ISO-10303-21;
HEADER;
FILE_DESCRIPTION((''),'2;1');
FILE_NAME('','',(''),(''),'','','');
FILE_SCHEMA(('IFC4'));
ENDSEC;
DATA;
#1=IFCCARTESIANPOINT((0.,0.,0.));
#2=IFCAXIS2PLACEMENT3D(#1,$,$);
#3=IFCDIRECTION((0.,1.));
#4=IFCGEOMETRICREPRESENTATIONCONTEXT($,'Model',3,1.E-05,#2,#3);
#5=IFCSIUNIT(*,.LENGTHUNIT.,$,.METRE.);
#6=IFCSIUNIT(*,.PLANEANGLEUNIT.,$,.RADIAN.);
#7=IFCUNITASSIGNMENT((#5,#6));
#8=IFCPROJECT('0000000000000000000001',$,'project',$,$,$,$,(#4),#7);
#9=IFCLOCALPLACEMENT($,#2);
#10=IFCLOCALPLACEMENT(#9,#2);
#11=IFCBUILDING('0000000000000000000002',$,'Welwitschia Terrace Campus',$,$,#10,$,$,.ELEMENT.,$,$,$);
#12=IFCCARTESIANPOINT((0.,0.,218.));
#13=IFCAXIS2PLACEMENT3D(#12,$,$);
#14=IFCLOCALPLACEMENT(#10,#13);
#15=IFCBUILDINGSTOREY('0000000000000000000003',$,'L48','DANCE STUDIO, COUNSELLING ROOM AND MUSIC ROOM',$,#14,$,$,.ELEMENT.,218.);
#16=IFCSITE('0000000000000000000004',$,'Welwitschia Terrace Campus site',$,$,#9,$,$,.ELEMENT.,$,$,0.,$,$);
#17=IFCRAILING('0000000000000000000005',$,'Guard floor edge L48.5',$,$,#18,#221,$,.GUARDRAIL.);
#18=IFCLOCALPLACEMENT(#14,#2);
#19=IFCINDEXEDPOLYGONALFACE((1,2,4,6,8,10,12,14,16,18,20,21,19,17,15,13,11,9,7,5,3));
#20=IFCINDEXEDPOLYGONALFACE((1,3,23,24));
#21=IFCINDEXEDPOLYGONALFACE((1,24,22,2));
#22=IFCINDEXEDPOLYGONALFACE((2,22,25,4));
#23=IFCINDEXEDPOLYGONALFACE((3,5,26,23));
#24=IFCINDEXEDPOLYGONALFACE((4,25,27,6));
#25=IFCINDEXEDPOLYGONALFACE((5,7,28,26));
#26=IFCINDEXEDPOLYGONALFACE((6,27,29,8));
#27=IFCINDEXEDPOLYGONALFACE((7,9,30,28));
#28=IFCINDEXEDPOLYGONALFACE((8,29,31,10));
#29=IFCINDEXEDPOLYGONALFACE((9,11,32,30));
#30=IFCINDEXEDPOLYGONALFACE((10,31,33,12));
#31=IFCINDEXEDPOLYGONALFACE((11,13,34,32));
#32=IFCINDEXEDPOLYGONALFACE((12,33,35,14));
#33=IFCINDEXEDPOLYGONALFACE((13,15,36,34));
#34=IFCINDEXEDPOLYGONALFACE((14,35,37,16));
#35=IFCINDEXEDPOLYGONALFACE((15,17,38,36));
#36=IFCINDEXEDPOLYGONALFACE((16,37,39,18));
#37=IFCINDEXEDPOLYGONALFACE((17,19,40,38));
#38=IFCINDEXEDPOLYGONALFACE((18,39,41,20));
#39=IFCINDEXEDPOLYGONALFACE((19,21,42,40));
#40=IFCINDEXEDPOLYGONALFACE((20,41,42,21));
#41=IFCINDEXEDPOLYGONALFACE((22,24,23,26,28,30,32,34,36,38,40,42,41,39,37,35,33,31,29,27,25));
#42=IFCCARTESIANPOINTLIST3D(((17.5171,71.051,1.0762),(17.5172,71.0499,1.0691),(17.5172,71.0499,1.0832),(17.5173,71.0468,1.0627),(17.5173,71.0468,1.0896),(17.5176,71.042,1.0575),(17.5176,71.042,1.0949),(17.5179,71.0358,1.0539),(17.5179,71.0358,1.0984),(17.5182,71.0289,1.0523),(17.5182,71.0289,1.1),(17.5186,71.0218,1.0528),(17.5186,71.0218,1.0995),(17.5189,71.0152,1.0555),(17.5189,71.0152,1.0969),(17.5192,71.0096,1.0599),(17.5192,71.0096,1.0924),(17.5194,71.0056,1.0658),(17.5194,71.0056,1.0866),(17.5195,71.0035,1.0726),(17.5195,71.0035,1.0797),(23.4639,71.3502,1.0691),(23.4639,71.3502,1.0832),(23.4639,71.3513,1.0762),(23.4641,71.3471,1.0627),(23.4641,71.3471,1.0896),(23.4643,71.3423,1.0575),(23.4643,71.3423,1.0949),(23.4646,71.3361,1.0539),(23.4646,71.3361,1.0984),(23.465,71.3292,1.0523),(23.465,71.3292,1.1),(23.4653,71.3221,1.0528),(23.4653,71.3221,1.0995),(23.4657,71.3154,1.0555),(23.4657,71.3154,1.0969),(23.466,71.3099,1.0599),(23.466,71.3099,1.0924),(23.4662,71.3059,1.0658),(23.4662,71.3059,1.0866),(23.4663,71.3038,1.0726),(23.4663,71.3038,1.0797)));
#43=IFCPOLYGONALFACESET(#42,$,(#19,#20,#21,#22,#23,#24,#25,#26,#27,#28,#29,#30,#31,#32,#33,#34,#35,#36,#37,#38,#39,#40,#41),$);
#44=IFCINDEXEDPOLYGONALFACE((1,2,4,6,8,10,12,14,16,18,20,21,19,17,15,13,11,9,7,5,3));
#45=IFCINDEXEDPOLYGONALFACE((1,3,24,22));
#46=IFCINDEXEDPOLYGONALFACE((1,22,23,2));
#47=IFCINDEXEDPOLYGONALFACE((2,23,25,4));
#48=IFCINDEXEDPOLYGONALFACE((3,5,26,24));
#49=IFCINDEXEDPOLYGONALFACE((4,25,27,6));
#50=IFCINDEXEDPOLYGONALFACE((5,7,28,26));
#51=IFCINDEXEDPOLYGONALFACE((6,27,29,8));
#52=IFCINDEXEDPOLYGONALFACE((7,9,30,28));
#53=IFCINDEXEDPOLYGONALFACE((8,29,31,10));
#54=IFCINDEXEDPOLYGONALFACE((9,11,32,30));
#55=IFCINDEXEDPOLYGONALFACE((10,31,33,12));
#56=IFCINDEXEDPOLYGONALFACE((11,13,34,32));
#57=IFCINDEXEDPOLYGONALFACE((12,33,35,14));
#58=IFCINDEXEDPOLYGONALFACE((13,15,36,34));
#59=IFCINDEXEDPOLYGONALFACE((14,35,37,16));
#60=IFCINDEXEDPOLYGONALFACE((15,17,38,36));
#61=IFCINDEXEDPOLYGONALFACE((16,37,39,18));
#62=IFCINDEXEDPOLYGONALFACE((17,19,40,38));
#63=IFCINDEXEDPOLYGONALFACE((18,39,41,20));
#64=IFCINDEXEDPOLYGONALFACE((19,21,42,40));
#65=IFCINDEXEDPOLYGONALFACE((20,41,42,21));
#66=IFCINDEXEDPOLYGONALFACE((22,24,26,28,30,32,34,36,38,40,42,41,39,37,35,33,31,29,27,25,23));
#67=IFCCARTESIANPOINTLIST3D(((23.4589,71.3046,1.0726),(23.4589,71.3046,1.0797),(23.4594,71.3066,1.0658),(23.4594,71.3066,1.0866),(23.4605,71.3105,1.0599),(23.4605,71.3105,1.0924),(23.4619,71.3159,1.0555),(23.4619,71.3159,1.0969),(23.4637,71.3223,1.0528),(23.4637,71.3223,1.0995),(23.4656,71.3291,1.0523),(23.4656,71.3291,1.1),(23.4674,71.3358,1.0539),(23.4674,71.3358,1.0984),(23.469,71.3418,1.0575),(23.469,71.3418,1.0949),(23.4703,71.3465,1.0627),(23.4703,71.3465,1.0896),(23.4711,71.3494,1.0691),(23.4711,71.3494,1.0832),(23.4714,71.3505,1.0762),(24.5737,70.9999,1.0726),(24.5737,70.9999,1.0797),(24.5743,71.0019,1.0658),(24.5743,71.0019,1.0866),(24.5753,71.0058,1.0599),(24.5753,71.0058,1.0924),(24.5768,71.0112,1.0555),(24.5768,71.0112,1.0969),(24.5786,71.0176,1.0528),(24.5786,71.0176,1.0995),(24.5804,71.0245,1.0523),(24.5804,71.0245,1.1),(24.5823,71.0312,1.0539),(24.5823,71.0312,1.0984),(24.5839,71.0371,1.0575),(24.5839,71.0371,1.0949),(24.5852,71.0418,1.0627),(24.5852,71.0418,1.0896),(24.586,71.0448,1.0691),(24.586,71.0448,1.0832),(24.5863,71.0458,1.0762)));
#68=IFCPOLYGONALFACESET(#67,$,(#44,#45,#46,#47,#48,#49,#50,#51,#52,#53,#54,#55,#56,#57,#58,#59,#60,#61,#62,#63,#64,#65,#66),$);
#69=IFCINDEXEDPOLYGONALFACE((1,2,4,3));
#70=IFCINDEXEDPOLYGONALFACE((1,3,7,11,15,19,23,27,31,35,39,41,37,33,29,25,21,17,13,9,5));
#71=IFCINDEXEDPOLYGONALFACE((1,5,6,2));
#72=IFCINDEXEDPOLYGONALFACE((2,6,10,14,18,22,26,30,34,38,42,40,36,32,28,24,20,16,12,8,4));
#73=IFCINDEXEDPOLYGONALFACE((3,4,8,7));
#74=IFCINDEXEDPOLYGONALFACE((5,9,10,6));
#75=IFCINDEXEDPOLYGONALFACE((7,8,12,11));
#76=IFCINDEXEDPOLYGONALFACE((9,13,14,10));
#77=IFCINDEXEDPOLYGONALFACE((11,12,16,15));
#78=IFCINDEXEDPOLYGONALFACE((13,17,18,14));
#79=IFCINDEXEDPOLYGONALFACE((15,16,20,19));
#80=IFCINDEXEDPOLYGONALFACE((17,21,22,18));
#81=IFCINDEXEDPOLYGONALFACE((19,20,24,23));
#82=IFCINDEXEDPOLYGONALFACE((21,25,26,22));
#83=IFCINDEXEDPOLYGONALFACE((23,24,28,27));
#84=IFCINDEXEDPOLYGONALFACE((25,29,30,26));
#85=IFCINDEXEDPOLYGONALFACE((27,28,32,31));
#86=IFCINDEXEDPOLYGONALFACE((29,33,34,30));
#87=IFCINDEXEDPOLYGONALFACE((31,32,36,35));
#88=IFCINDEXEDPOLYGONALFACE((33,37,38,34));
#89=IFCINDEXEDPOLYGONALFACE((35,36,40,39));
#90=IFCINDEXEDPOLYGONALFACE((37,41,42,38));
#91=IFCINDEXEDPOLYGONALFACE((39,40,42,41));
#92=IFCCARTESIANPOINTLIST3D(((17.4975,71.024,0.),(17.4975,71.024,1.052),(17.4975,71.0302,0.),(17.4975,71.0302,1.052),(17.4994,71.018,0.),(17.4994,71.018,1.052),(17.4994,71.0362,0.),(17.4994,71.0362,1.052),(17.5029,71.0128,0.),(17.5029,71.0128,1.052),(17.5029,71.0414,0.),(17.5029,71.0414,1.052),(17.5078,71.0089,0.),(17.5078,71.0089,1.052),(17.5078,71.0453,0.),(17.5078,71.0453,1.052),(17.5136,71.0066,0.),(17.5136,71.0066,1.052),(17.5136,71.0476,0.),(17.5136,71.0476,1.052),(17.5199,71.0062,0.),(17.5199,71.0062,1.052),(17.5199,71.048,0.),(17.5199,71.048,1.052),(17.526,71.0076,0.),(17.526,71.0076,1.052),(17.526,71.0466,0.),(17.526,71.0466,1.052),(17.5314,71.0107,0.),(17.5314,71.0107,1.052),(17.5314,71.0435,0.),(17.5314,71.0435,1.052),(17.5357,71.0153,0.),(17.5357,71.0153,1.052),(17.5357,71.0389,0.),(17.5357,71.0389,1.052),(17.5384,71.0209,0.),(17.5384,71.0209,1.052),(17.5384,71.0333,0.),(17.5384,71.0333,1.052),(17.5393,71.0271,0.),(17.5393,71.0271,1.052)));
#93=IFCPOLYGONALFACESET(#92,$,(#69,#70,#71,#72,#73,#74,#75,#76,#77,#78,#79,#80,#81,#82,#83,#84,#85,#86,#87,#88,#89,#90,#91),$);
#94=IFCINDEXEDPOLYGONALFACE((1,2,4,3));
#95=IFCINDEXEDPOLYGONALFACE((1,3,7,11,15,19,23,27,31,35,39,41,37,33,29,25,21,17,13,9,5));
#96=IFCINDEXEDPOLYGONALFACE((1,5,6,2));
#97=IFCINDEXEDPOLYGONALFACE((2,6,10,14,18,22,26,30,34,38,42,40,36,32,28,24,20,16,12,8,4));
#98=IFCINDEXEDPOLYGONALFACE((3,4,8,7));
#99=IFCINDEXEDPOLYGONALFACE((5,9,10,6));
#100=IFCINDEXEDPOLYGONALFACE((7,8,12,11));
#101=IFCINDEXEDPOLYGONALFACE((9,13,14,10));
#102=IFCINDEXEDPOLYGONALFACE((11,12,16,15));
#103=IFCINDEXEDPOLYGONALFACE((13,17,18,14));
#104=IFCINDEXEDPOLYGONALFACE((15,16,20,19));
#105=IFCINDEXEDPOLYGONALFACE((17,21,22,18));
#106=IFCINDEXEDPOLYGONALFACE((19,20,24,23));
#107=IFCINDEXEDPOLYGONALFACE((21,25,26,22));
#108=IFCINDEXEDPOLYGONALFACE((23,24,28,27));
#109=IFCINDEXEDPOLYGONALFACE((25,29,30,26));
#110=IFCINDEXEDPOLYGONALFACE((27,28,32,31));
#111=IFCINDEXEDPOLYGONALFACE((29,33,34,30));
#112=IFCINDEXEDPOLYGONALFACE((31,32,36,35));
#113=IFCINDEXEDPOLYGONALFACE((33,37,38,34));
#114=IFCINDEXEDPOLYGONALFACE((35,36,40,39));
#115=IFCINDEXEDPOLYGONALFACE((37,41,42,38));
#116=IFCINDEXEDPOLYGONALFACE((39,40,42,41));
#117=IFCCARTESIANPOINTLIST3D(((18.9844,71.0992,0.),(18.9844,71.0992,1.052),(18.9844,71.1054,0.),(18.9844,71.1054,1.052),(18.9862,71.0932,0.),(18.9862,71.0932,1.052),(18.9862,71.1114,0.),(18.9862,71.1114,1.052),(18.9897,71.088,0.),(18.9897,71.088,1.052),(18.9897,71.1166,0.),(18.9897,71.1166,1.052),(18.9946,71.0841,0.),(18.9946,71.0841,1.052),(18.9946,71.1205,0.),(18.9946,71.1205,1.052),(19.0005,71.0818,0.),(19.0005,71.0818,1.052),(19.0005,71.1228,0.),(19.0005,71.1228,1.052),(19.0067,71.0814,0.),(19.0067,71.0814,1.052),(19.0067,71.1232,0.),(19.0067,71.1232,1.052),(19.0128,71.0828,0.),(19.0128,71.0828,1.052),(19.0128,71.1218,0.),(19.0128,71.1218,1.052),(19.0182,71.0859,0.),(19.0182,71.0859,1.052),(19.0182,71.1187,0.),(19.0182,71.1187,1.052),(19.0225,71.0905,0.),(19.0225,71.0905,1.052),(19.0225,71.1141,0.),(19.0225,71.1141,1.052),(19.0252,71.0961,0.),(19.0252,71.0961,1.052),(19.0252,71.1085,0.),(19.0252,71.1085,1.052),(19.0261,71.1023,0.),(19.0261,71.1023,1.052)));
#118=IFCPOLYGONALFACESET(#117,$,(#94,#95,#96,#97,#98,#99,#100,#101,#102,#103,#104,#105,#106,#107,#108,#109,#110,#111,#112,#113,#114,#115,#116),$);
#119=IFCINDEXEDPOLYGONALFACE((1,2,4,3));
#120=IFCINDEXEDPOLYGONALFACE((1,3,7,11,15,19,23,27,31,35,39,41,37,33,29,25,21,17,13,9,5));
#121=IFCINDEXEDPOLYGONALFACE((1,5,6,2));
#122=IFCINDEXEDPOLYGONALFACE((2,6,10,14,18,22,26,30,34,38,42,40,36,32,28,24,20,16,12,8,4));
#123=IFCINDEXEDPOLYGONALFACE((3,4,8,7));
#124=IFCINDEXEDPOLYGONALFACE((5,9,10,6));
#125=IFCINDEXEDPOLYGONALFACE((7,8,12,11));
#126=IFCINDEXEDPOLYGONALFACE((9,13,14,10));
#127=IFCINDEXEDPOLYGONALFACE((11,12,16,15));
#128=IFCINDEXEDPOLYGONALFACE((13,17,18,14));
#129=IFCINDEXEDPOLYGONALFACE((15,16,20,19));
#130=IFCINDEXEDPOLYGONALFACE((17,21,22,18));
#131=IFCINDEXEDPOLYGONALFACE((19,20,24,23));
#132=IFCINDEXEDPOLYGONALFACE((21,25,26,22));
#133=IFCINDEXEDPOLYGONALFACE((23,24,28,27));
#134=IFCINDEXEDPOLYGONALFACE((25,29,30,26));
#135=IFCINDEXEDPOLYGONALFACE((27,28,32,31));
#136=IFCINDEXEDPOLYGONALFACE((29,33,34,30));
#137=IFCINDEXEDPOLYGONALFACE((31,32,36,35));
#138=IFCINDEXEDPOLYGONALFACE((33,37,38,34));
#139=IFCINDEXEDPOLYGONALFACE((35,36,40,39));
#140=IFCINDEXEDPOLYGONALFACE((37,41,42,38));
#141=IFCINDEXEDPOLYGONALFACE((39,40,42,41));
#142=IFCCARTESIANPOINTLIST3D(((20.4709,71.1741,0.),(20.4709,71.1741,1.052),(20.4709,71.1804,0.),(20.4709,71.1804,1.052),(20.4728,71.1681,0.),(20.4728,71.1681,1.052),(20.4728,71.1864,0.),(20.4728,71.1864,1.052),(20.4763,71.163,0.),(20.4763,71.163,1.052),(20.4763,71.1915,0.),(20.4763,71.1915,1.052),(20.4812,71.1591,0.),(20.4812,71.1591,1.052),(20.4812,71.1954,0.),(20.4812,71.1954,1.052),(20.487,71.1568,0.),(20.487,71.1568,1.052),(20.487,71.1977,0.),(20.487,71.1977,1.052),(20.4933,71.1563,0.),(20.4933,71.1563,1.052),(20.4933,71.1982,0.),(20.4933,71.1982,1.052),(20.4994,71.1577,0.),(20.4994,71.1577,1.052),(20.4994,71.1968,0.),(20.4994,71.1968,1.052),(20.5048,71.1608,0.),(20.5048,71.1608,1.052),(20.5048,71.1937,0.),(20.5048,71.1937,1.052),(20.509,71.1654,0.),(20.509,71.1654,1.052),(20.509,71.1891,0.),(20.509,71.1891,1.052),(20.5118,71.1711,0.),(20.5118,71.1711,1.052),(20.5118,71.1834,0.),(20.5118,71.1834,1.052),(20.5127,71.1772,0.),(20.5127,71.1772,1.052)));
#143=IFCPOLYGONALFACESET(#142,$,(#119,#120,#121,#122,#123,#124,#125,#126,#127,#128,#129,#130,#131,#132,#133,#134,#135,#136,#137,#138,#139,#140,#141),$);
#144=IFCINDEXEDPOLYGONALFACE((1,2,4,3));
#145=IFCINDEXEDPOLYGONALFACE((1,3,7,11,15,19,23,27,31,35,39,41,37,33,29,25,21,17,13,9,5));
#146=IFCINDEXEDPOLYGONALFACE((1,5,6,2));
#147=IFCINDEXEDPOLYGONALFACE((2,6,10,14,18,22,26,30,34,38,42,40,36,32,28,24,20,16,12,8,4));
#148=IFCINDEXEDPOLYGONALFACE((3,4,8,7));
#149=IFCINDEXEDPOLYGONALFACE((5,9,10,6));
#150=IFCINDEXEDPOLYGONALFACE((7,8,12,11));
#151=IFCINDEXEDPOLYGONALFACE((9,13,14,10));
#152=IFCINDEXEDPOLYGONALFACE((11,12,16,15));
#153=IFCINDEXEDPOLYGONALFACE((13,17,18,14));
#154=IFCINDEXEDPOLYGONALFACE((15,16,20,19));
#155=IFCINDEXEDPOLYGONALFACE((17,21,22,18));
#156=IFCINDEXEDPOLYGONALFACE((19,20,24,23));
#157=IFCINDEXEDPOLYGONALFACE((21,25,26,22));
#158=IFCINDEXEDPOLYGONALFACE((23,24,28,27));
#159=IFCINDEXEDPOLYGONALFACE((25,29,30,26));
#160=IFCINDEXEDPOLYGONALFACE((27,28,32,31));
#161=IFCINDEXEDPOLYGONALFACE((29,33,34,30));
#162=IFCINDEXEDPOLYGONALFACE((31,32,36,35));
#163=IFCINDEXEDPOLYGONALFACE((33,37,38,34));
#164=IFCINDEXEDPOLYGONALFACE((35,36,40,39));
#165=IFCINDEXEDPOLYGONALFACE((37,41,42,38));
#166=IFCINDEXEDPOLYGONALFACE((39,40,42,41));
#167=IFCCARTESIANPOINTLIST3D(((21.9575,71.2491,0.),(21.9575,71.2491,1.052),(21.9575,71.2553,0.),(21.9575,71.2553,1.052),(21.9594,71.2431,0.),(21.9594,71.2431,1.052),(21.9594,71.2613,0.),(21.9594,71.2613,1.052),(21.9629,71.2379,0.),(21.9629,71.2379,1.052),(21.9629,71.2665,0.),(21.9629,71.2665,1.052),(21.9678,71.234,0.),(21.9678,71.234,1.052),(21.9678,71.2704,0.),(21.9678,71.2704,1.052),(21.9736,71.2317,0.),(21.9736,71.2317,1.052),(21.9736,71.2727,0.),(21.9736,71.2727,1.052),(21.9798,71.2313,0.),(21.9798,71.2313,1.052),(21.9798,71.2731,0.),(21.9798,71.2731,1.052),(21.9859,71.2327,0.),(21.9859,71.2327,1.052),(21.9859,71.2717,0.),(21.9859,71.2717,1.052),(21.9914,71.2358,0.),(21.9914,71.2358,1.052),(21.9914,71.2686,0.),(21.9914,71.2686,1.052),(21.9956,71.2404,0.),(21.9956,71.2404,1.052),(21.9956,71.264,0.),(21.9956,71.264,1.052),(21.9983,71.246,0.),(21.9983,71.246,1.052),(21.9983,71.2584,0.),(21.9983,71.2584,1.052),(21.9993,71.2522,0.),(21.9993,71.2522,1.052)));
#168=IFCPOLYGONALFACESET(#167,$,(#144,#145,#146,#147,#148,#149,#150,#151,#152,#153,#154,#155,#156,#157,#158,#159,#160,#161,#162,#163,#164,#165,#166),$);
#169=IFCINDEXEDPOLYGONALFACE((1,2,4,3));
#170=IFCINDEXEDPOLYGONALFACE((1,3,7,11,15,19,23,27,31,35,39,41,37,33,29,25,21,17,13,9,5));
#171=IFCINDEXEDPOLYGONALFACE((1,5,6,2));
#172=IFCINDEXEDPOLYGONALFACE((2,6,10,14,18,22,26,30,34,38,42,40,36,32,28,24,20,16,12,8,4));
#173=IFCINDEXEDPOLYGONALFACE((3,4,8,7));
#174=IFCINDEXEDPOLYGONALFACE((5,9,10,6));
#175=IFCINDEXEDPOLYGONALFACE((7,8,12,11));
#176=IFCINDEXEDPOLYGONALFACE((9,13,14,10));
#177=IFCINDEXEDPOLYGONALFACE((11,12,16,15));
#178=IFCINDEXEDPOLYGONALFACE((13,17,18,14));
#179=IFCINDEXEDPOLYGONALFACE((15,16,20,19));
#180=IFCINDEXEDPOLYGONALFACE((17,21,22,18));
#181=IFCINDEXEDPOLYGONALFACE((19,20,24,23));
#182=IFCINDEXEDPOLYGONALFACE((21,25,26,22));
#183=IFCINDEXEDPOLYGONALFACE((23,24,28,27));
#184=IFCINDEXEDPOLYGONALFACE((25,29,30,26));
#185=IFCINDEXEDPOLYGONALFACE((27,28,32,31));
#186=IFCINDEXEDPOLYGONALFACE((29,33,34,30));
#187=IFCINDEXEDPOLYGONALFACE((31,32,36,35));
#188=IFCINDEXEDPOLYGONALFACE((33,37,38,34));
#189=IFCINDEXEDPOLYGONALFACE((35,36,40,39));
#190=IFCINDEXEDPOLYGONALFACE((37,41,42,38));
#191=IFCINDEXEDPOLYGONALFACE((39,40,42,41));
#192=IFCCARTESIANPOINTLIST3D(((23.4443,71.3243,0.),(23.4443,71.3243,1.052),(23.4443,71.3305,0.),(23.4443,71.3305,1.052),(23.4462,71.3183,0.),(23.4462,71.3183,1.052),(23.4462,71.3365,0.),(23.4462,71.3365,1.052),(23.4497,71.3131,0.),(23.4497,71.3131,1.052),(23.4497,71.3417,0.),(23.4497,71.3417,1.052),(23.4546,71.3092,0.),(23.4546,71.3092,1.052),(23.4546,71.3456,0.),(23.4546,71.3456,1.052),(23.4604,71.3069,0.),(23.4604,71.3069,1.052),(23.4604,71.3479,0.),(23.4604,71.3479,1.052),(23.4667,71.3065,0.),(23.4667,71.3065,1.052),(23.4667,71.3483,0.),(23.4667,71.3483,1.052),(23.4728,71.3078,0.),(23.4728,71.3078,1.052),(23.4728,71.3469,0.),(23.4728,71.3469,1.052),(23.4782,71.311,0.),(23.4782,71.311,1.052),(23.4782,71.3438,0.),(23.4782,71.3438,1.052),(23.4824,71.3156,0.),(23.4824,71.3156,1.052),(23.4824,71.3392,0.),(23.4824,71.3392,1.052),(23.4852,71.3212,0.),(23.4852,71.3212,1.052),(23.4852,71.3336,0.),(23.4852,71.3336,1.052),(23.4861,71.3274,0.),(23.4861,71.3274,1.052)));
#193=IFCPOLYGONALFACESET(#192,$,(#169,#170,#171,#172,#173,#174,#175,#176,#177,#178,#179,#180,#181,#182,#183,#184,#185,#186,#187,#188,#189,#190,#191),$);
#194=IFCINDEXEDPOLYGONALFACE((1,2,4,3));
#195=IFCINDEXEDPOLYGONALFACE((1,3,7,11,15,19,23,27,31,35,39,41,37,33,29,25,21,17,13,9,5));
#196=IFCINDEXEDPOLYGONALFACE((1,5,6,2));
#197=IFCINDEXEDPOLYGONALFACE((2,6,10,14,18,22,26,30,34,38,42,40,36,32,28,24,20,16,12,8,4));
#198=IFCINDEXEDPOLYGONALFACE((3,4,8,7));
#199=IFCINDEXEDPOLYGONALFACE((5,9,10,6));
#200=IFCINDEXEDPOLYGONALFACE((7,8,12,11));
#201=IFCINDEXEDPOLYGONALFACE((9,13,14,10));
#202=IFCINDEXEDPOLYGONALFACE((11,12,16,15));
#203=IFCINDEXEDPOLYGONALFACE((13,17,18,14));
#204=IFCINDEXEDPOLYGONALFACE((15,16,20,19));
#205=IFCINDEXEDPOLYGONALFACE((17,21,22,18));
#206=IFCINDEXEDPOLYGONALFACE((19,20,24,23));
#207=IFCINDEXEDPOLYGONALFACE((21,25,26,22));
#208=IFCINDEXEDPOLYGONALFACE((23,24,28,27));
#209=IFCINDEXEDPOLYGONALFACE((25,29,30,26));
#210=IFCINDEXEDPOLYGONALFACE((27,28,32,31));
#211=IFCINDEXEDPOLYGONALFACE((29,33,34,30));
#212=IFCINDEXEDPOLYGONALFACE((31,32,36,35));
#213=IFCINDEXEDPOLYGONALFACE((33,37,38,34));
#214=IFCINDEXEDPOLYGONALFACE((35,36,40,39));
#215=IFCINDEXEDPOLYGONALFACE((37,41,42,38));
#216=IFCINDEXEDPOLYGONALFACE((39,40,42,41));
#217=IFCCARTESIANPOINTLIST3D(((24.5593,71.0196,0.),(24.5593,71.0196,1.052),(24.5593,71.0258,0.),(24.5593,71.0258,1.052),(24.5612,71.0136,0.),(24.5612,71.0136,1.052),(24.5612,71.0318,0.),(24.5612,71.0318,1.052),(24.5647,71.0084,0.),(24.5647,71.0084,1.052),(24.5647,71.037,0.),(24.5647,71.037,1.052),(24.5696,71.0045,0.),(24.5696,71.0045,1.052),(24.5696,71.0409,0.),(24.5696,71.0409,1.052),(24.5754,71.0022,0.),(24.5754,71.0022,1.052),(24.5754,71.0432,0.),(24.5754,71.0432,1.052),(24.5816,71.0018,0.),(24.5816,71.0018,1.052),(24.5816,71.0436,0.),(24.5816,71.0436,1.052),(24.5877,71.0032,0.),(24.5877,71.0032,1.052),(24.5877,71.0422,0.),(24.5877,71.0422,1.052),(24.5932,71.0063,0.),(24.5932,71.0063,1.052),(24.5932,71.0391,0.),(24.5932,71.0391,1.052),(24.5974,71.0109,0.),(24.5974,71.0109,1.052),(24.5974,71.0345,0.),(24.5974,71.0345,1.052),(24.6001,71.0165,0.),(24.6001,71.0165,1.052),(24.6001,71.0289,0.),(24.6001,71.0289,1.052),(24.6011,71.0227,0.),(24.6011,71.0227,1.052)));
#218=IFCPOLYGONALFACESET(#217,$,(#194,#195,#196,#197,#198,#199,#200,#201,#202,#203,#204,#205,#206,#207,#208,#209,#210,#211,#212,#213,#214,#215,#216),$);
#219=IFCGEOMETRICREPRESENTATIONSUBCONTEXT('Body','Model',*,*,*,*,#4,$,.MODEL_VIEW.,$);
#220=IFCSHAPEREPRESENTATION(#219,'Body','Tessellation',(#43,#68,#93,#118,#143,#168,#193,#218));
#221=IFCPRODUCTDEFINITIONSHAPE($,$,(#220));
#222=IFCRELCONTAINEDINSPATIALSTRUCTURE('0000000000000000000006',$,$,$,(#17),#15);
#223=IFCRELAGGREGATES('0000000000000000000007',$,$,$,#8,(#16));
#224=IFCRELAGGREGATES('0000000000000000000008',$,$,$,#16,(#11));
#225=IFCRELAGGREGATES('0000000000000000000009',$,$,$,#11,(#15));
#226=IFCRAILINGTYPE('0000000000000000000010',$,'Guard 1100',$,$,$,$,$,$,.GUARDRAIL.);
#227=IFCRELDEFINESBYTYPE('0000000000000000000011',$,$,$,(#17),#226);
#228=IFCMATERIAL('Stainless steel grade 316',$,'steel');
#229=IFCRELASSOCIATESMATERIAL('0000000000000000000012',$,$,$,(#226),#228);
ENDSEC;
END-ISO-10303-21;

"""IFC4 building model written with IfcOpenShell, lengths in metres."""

from ifc_helpers import new_model, si_unit, direction, frame, origin, origin_2d, place, context, subcontext, project, spatial, circle, extrude, material, type_object, element, save


model = new_model("IFC4")

# Units and contexts
model_context = context("Model", 3, precision=1e-05, world=origin(), true_north=direction((0.0, 1.0)))
body_context = subcontext(model_context, "Body", "Model", "MODEL_VIEW")
ifc_project = project(units=[si_unit("LENGTHUNIT", "METRE"), si_unit("PLANEANGLEUNIT", "RADIAN")], contexts=[model_context])

# Site, building, storey
site_placement = place(None, origin())
site = spatial("IfcSite", under=ifc_project, at=site_placement, Name="Welwitschia Terrace Campus site", CompositionType="ELEMENT", RefElevation=0.0)
building_placement = place(site_placement, origin())
building = spatial("IfcBuilding", under=site, at=building_placement, Name="Welwitschia Terrace Campus", CompositionType="ELEMENT")
storey_placement = place(building_placement, frame((0.0, 0.0, 218.0)))
storey = spatial("IfcBuildingStorey", under=building, at=storey_placement, Name="L48", Description="DANCE STUDIO, COUNSELLING ROOM AND MUSIC ROOM", CompositionType="ELEMENT", Elevation=218.0)

# Railing
ifc_material_1 = material(Name="Stainless steel grade 316", Category="steel")
railing_type = type_object("IfcRailingType", Name="Guard 1100", PredefinedType="GUARDRAIL", material=ifc_material_1)
railing_placement = place(storey_placement, frame((17.5183, 71.0271, 0.0)))
element("IfcRailing", 1, at=railing_placement, inside=storey, type_object=railing_type, Name="Guard floor edge L48.5", PredefinedType="GUARDRAIL", context=body_context, shape_type="SweptSolid", body=[
    extrude(circle(Radius=0.0239, at=origin_2d()), frame((0.0, 0.0, 1.0762), z_axis=(0.998727, 0.050432, 0.0), x_axis=(-0.050432, 0.998727, 0.0)), (0.0, 0.0, 1.0), 5.9543),
    extrude(circle(Radius=0.0239, at=origin_2d()), frame((5.9468, 0.3003, 1.0762), z_axis=(0.964632, -0.2636, 0.0), x_axis=(0.2636, 0.964632, 0.0)), (0.0, 0.0, 1.0), 1.1558),
    extrude(circle(Radius=0.021, at=origin_2d()), origin(), (0.0, 0.0, 1.0), 1.052),
    extrude(circle(Radius=0.021, at=origin_2d()), frame((1.4868, 0.0752, 0.0)), (0.0, 0.0, 1.0), 1.052),
    extrude(circle(Radius=0.021, at=origin_2d()), frame((2.9734, 0.1501, 0.0)), (0.0, 0.0, 1.0), 1.052),
    extrude(circle(Radius=0.021, at=origin_2d()), frame((4.46, 0.2251, 0.0)), (0.0, 0.0, 1.0), 1.052),
    extrude(circle(Radius=0.021, at=origin_2d()), frame((5.9468, 0.3003, 0.0)), (0.0, 0.0, 1.0), 1.052),
    extrude(circle(Radius=0.021, at=origin_2d()), frame((7.0618, -0.0044, 0.0)), (0.0, 0.0, 1.0), 1.052),
])

save(model, "model.ifc")
